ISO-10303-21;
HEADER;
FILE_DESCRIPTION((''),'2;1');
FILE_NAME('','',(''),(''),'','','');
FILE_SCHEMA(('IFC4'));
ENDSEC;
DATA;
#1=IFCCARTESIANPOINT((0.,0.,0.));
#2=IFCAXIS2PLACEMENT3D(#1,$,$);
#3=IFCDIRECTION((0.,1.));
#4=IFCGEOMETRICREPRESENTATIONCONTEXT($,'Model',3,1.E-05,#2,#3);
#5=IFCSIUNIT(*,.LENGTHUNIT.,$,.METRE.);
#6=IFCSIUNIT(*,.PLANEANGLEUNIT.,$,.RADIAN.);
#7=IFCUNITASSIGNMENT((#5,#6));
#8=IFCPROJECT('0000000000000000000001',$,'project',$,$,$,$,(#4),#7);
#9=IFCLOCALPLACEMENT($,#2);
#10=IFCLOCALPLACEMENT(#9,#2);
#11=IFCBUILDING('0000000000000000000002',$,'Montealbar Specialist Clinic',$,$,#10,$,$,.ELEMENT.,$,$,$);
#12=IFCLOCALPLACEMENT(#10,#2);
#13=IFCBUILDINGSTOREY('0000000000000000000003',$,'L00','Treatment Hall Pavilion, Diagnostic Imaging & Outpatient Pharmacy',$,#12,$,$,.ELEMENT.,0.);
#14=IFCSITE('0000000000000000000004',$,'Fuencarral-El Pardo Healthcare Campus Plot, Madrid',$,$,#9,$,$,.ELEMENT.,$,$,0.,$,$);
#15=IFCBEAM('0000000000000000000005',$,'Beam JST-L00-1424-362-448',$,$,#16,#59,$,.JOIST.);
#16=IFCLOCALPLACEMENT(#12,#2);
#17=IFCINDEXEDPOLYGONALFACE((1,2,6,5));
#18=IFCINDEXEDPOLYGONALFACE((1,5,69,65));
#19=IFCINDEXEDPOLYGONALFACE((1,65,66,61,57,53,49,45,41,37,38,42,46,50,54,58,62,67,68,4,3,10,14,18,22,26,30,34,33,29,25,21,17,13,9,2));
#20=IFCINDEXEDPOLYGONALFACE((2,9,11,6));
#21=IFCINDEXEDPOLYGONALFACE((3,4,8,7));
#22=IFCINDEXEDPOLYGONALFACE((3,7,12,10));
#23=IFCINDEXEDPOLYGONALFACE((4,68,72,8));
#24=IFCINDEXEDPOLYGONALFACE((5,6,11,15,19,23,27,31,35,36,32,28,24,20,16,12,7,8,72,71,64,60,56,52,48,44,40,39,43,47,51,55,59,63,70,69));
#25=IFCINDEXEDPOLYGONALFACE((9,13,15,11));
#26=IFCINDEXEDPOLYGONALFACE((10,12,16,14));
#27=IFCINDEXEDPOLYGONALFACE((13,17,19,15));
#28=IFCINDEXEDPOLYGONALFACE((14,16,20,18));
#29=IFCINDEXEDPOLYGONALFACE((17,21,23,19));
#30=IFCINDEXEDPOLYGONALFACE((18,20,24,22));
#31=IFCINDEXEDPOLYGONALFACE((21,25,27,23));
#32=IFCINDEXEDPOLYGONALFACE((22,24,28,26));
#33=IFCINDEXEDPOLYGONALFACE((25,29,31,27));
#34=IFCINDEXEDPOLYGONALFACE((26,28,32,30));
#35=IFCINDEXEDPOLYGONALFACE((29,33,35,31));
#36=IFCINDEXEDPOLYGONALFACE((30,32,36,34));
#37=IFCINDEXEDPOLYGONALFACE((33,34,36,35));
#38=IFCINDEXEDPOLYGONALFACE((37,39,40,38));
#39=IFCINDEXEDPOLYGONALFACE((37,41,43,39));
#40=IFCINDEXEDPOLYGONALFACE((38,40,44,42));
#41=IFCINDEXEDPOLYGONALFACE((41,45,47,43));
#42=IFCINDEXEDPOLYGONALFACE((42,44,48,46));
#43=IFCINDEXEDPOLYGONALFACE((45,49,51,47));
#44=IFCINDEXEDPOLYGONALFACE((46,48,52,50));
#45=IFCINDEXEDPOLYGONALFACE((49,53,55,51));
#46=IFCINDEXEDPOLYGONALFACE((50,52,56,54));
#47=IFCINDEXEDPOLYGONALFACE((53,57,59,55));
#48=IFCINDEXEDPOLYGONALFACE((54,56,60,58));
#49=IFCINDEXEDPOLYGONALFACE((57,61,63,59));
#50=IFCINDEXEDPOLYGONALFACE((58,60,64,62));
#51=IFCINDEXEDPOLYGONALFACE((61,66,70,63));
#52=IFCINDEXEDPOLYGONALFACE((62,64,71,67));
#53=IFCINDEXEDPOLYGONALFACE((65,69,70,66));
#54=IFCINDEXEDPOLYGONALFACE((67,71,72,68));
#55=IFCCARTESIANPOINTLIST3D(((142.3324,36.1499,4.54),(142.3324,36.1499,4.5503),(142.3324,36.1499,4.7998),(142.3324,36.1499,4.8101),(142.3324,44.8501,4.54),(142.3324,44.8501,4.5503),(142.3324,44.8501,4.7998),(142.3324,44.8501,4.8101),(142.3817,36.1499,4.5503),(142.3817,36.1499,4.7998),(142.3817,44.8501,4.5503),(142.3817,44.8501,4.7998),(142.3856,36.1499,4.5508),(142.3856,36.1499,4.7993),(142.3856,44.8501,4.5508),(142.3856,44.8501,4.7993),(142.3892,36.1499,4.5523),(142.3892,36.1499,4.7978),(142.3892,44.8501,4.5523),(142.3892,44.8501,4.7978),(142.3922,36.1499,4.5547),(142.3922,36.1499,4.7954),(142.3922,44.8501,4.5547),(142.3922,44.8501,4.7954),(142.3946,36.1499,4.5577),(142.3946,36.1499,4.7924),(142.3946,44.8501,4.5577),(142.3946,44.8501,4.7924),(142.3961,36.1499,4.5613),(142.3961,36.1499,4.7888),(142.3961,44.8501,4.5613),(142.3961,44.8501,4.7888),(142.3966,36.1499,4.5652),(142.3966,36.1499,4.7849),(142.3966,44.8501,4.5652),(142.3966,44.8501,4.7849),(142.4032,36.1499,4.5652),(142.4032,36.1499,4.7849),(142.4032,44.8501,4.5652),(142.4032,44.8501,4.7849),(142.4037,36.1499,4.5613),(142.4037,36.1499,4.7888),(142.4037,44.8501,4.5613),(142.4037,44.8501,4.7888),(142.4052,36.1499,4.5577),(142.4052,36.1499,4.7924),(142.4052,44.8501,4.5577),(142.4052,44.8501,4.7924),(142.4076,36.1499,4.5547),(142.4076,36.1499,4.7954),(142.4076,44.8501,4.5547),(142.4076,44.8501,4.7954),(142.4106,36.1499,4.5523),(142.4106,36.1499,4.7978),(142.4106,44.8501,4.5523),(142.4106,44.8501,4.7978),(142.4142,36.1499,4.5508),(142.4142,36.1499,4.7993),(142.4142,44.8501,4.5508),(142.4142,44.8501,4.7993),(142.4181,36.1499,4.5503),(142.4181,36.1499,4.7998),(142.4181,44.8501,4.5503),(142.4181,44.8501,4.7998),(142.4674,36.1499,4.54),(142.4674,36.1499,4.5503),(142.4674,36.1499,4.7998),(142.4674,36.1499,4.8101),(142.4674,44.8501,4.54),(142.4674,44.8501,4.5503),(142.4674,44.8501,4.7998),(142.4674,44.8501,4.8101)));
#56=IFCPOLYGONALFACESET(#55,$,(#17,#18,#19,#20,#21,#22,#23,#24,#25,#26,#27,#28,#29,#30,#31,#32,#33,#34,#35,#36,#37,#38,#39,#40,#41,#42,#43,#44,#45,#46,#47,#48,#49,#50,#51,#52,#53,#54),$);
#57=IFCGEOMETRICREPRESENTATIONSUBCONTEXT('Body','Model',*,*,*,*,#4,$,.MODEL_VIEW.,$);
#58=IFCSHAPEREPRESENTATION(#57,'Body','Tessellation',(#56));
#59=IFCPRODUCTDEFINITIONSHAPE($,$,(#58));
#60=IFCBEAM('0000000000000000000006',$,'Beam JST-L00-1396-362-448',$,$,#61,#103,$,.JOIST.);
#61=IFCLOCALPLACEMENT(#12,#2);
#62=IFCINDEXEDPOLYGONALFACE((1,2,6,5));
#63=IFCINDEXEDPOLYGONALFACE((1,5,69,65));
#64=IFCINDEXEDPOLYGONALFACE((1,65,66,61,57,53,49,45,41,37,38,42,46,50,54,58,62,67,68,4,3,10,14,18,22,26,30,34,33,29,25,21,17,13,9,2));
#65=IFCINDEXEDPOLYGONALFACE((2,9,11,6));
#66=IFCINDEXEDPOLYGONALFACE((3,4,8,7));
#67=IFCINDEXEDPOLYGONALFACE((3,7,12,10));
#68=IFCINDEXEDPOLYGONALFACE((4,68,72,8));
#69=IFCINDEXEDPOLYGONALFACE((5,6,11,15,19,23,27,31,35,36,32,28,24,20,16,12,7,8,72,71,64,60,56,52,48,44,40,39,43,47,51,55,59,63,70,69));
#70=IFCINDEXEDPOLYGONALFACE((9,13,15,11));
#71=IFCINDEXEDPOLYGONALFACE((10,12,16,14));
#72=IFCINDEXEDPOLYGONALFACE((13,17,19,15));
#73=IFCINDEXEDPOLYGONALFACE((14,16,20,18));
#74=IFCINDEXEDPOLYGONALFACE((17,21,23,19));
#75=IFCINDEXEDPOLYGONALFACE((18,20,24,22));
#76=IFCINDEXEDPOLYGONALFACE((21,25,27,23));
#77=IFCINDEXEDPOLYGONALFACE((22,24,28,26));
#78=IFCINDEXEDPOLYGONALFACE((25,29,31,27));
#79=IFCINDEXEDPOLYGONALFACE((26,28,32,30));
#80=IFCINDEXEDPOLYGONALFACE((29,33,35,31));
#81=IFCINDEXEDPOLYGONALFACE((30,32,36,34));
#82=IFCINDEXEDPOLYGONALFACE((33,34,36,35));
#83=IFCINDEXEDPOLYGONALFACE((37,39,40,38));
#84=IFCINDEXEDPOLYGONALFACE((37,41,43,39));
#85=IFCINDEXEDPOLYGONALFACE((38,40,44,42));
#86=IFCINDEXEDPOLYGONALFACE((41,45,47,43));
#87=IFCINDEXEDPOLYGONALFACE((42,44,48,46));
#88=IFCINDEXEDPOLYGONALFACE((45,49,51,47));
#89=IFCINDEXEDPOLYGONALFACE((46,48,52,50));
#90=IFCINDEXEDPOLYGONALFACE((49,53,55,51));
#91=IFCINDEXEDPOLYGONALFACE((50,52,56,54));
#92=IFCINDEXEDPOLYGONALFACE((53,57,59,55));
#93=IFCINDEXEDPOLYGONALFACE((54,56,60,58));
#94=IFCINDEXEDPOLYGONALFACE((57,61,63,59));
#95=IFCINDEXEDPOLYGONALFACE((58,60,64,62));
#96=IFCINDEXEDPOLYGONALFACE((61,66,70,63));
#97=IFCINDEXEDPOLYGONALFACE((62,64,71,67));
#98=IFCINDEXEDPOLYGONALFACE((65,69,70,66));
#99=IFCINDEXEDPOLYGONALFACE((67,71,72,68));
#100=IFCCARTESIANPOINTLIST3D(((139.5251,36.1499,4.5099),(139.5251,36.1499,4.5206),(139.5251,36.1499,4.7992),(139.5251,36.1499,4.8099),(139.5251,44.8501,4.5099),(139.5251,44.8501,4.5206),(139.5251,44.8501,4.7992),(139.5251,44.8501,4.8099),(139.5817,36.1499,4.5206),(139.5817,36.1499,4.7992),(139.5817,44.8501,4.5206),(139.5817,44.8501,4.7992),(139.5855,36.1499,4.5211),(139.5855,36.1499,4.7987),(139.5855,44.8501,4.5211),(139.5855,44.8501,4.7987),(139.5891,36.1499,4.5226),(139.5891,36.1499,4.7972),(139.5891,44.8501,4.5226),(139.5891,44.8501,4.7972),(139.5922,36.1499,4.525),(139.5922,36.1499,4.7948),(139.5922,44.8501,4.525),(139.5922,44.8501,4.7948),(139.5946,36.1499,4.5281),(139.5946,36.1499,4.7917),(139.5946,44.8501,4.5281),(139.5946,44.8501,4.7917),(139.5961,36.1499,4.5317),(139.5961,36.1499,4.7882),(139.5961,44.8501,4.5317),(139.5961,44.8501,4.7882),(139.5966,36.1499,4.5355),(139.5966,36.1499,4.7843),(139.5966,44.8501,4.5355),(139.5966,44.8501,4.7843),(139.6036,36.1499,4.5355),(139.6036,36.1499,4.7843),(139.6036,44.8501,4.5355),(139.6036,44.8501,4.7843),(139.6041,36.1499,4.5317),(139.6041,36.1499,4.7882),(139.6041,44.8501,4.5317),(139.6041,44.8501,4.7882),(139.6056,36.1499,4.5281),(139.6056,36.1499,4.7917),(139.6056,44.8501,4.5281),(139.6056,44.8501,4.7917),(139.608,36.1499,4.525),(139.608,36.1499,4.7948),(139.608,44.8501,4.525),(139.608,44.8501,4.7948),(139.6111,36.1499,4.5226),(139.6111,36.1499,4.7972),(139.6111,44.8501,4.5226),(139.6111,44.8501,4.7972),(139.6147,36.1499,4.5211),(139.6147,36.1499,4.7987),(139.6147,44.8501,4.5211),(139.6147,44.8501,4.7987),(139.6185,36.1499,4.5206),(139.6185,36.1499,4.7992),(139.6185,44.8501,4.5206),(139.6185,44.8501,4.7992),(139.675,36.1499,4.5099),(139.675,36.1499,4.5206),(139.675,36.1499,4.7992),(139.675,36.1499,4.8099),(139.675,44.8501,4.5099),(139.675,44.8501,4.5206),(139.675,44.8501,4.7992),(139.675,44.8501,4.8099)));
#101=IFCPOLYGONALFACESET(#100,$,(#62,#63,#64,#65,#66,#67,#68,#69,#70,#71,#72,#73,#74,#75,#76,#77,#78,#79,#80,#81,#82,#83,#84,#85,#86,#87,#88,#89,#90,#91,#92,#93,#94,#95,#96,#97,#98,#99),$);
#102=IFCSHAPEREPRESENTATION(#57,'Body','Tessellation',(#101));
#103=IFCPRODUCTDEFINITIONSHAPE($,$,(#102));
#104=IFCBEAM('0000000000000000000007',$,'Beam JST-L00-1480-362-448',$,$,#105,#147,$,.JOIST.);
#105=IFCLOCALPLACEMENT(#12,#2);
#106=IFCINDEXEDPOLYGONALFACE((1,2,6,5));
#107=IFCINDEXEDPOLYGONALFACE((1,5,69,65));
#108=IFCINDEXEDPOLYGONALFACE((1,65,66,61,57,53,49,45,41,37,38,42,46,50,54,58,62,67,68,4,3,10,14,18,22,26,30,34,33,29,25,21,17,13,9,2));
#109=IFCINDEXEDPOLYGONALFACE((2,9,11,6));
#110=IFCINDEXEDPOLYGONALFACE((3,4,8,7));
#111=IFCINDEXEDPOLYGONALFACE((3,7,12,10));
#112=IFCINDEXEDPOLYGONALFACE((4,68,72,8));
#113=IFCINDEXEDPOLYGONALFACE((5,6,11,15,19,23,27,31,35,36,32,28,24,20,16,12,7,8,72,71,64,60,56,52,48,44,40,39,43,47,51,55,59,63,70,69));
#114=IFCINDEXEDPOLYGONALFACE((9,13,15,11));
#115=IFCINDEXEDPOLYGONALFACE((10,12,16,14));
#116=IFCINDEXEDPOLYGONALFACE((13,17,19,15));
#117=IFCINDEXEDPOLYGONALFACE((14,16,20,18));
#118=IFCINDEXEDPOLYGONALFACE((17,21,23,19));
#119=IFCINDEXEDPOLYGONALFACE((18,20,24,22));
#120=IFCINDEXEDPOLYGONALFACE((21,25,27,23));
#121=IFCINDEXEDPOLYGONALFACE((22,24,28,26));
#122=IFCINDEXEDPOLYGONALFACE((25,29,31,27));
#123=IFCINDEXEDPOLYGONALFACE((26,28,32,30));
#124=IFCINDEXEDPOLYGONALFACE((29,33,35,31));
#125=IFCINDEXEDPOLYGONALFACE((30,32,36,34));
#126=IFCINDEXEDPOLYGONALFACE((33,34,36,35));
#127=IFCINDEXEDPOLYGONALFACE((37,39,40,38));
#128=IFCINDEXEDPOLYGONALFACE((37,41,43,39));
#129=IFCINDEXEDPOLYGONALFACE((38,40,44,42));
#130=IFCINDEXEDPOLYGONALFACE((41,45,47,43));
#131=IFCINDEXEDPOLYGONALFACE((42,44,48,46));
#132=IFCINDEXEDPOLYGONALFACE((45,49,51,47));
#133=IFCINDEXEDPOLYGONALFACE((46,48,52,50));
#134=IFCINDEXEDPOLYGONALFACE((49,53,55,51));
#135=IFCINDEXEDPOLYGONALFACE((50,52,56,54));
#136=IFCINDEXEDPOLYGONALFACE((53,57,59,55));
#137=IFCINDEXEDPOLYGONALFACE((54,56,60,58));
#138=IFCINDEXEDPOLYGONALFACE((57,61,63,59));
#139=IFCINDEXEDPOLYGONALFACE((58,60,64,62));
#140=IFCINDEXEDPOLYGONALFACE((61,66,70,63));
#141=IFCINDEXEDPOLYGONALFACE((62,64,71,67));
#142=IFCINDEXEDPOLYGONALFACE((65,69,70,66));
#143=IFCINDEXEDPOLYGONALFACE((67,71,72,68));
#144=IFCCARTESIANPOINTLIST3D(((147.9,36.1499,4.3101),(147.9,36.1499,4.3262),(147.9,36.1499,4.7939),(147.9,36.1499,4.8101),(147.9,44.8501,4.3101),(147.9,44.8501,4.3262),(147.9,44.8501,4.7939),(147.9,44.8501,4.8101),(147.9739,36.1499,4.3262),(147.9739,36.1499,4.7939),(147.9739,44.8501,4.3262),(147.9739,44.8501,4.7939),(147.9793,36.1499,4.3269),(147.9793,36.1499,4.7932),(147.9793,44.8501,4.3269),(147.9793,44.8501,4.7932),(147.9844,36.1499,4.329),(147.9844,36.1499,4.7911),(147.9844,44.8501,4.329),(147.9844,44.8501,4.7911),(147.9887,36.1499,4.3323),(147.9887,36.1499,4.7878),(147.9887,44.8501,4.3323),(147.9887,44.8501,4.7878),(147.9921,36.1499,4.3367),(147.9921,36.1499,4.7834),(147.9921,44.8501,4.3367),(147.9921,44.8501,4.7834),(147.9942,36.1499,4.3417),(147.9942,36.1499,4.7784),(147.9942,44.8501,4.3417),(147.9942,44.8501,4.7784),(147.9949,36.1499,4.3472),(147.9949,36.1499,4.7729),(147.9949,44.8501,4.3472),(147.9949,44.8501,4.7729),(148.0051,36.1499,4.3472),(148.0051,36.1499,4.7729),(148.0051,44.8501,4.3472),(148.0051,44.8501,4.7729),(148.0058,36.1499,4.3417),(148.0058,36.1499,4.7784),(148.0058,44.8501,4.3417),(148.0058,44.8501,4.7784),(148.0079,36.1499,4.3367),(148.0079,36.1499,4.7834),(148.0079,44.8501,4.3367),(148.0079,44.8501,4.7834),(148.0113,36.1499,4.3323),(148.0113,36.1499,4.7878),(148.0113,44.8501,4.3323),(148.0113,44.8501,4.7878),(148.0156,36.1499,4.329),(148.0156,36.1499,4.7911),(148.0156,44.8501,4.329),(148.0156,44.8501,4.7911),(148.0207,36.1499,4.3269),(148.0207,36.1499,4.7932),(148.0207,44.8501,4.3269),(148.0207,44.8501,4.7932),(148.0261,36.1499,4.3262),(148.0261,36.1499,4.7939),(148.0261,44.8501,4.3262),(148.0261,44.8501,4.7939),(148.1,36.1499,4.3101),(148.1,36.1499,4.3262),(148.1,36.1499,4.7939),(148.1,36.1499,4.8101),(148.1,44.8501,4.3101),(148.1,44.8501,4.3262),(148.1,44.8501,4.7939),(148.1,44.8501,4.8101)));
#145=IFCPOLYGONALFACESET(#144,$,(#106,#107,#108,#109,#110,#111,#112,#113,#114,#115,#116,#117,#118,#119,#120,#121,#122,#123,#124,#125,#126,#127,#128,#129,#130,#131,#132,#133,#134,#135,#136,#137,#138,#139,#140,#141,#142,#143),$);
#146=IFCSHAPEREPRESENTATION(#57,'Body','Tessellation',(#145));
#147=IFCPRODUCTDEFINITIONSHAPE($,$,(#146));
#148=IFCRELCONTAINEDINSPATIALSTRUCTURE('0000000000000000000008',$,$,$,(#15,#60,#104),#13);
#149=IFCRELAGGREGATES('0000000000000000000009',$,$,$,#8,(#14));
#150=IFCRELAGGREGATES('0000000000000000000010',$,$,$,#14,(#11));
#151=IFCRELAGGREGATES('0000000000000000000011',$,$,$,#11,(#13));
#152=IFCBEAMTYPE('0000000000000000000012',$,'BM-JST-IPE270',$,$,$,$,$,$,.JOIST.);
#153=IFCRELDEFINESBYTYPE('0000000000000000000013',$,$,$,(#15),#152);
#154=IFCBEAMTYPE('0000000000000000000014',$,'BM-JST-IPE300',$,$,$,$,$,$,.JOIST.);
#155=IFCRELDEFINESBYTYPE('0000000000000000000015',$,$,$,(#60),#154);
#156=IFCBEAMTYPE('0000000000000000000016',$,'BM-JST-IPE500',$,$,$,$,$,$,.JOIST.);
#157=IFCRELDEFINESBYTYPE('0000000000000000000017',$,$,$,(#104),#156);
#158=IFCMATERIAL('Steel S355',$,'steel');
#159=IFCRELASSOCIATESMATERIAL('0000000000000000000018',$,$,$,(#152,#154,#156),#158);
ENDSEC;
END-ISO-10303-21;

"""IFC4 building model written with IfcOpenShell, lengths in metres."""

from ifc_helpers import new_model, si_unit, direction, frame, origin, origin_2d, place, context, subcontext, project, spatial, i_section, extrude, material, material_profile, profile_set, type_object, element, save


model = new_model("IFC4")

# Units and contexts
model_context = context("Model", 3, precision=1e-05, world=origin(), true_north=direction((0.0, 1.0)))
body_context = subcontext(model_context, "Body", "Model", "MODEL_VIEW")
ifc_project = project(units=[si_unit("LENGTHUNIT", "METRE"), si_unit("PLANEANGLEUNIT", "RADIAN")], contexts=[model_context])

# Site, building, storey
site_placement = place(None, origin())
site = spatial("IfcSite", under=ifc_project, at=site_placement, Name="Fuencarral-El Pardo Healthcare Campus Plot, Madrid", CompositionType="ELEMENT", RefElevation=0.0)
building_placement = place(site_placement, origin())
building = spatial("IfcBuilding", under=site, at=building_placement, Name="Montealbar Specialist Clinic", CompositionType="ELEMENT")
storey_placement = place(building_placement, origin())
storey = spatial("IfcBuildingStorey", under=building, at=storey_placement, Name="L00", Description="Treatment Hall Pavilion, Diagnostic Imaging & Outpatient Pharmacy", CompositionType="ELEMENT", Elevation=0.0)

# Shared definitions
ifc_material_1 = material(Name="Steel S355", Category="steel")

# Beams
ifc_material_profile_1 = material_profile(ifc_material_1, i_section(OverallWidth=0.135, OverallDepth=0.27, WebThickness=0.0066, FlangeThickness=0.0103, FilletRadius=0.0149, at=origin_2d()), Name="IPE 270", Category="steel")
ifc_profile_set_1 = profile_set([ifc_material_profile_1], Name="Steel S355")
beam_type_1 = type_object("IfcBeamType", Name="BM-JST-IPE270", PredefinedType="JOIST", material=ifc_profile_set_1)
beam_1_placement = place(storey_placement, frame((142.3999, 36.1499, 4.675), z_axis=(0.0, 1.0, 0.0), x_axis=(-1.0, 0.0, 0.0)))
element("IfcBeam", 1, at=beam_1_placement, inside=storey, type_object=beam_type_1, Name="Beam JST-L00-1424-362-448", PredefinedType="JOIST", context=body_context, shape_type="SweptSolid", body=[
    extrude(i_section(OverallWidth=0.135, OverallDepth=0.27, WebThickness=0.0066, FlangeThickness=0.0103, FilletRadius=0.0149, at=origin_2d()), origin(), (0.0, 0.0, 1.0), 8.7002),
])
ifc_material_profile_2 = material_profile(ifc_material_1, i_section(OverallWidth=0.1499, OverallDepth=0.3, WebThickness=0.0071, FlangeThickness=0.0107, FilletRadius=0.0149, at=origin_2d()), Name="IPE 300", Category="steel")
ifc_profile_set_2 = profile_set([ifc_material_profile_2], Name="Steel S355")
beam_type_2 = type_object("IfcBeamType", Name="BM-JST-IPE300", PredefinedType="JOIST", material=ifc_profile_set_2)
beam_2_placement = place(storey_placement, frame((139.6001, 36.1499, 4.6599), z_axis=(0.0, 1.0, 0.0), x_axis=(-1.0, 0.0, 0.0)))
element("IfcBeam", 2, at=beam_2_placement, inside=storey, type_object=beam_type_2, Name="Beam JST-L00-1396-362-448", PredefinedType="JOIST", context=body_context, shape_type="SweptSolid", body=[
    extrude(i_section(OverallWidth=0.1499, OverallDepth=0.3, WebThickness=0.0071, FlangeThickness=0.0107, FilletRadius=0.0149, at=origin_2d()), origin(), (0.0, 0.0, 1.0), 8.7002),
])
ifc_material_profile_3 = material_profile(ifc_material_1, i_section(OverallWidth=0.2, OverallDepth=0.5, WebThickness=0.0103, FlangeThickness=0.0161, FilletRadius=0.021, at=origin_2d()), Name="IPE 500", Category="steel")
ifc_profile_set_3 = profile_set([ifc_material_profile_3], Name="Steel S355")
beam_type_3 = type_object("IfcBeamType", Name="BM-JST-IPE500", PredefinedType="JOIST", material=ifc_profile_set_3)
beam_3_placement = place(storey_placement, frame((148.0, 36.1499, 4.5601), z_axis=(0.0, 1.0, 0.0), x_axis=(-1.0, 0.0, 0.0)))
element("IfcBeam", 3, at=beam_3_placement, inside=storey, type_object=beam_type_3, Name="Beam JST-L00-1480-362-448", PredefinedType="JOIST", context=body_context, shape_type="SweptSolid", body=[
    extrude(i_section(OverallWidth=0.2, OverallDepth=0.5, WebThickness=0.0103, FlangeThickness=0.0161, FilletRadius=0.021, at=origin_2d()), origin(), (0.0, 0.0, 1.0), 8.7002),
])

save(model, "model.ifc")
